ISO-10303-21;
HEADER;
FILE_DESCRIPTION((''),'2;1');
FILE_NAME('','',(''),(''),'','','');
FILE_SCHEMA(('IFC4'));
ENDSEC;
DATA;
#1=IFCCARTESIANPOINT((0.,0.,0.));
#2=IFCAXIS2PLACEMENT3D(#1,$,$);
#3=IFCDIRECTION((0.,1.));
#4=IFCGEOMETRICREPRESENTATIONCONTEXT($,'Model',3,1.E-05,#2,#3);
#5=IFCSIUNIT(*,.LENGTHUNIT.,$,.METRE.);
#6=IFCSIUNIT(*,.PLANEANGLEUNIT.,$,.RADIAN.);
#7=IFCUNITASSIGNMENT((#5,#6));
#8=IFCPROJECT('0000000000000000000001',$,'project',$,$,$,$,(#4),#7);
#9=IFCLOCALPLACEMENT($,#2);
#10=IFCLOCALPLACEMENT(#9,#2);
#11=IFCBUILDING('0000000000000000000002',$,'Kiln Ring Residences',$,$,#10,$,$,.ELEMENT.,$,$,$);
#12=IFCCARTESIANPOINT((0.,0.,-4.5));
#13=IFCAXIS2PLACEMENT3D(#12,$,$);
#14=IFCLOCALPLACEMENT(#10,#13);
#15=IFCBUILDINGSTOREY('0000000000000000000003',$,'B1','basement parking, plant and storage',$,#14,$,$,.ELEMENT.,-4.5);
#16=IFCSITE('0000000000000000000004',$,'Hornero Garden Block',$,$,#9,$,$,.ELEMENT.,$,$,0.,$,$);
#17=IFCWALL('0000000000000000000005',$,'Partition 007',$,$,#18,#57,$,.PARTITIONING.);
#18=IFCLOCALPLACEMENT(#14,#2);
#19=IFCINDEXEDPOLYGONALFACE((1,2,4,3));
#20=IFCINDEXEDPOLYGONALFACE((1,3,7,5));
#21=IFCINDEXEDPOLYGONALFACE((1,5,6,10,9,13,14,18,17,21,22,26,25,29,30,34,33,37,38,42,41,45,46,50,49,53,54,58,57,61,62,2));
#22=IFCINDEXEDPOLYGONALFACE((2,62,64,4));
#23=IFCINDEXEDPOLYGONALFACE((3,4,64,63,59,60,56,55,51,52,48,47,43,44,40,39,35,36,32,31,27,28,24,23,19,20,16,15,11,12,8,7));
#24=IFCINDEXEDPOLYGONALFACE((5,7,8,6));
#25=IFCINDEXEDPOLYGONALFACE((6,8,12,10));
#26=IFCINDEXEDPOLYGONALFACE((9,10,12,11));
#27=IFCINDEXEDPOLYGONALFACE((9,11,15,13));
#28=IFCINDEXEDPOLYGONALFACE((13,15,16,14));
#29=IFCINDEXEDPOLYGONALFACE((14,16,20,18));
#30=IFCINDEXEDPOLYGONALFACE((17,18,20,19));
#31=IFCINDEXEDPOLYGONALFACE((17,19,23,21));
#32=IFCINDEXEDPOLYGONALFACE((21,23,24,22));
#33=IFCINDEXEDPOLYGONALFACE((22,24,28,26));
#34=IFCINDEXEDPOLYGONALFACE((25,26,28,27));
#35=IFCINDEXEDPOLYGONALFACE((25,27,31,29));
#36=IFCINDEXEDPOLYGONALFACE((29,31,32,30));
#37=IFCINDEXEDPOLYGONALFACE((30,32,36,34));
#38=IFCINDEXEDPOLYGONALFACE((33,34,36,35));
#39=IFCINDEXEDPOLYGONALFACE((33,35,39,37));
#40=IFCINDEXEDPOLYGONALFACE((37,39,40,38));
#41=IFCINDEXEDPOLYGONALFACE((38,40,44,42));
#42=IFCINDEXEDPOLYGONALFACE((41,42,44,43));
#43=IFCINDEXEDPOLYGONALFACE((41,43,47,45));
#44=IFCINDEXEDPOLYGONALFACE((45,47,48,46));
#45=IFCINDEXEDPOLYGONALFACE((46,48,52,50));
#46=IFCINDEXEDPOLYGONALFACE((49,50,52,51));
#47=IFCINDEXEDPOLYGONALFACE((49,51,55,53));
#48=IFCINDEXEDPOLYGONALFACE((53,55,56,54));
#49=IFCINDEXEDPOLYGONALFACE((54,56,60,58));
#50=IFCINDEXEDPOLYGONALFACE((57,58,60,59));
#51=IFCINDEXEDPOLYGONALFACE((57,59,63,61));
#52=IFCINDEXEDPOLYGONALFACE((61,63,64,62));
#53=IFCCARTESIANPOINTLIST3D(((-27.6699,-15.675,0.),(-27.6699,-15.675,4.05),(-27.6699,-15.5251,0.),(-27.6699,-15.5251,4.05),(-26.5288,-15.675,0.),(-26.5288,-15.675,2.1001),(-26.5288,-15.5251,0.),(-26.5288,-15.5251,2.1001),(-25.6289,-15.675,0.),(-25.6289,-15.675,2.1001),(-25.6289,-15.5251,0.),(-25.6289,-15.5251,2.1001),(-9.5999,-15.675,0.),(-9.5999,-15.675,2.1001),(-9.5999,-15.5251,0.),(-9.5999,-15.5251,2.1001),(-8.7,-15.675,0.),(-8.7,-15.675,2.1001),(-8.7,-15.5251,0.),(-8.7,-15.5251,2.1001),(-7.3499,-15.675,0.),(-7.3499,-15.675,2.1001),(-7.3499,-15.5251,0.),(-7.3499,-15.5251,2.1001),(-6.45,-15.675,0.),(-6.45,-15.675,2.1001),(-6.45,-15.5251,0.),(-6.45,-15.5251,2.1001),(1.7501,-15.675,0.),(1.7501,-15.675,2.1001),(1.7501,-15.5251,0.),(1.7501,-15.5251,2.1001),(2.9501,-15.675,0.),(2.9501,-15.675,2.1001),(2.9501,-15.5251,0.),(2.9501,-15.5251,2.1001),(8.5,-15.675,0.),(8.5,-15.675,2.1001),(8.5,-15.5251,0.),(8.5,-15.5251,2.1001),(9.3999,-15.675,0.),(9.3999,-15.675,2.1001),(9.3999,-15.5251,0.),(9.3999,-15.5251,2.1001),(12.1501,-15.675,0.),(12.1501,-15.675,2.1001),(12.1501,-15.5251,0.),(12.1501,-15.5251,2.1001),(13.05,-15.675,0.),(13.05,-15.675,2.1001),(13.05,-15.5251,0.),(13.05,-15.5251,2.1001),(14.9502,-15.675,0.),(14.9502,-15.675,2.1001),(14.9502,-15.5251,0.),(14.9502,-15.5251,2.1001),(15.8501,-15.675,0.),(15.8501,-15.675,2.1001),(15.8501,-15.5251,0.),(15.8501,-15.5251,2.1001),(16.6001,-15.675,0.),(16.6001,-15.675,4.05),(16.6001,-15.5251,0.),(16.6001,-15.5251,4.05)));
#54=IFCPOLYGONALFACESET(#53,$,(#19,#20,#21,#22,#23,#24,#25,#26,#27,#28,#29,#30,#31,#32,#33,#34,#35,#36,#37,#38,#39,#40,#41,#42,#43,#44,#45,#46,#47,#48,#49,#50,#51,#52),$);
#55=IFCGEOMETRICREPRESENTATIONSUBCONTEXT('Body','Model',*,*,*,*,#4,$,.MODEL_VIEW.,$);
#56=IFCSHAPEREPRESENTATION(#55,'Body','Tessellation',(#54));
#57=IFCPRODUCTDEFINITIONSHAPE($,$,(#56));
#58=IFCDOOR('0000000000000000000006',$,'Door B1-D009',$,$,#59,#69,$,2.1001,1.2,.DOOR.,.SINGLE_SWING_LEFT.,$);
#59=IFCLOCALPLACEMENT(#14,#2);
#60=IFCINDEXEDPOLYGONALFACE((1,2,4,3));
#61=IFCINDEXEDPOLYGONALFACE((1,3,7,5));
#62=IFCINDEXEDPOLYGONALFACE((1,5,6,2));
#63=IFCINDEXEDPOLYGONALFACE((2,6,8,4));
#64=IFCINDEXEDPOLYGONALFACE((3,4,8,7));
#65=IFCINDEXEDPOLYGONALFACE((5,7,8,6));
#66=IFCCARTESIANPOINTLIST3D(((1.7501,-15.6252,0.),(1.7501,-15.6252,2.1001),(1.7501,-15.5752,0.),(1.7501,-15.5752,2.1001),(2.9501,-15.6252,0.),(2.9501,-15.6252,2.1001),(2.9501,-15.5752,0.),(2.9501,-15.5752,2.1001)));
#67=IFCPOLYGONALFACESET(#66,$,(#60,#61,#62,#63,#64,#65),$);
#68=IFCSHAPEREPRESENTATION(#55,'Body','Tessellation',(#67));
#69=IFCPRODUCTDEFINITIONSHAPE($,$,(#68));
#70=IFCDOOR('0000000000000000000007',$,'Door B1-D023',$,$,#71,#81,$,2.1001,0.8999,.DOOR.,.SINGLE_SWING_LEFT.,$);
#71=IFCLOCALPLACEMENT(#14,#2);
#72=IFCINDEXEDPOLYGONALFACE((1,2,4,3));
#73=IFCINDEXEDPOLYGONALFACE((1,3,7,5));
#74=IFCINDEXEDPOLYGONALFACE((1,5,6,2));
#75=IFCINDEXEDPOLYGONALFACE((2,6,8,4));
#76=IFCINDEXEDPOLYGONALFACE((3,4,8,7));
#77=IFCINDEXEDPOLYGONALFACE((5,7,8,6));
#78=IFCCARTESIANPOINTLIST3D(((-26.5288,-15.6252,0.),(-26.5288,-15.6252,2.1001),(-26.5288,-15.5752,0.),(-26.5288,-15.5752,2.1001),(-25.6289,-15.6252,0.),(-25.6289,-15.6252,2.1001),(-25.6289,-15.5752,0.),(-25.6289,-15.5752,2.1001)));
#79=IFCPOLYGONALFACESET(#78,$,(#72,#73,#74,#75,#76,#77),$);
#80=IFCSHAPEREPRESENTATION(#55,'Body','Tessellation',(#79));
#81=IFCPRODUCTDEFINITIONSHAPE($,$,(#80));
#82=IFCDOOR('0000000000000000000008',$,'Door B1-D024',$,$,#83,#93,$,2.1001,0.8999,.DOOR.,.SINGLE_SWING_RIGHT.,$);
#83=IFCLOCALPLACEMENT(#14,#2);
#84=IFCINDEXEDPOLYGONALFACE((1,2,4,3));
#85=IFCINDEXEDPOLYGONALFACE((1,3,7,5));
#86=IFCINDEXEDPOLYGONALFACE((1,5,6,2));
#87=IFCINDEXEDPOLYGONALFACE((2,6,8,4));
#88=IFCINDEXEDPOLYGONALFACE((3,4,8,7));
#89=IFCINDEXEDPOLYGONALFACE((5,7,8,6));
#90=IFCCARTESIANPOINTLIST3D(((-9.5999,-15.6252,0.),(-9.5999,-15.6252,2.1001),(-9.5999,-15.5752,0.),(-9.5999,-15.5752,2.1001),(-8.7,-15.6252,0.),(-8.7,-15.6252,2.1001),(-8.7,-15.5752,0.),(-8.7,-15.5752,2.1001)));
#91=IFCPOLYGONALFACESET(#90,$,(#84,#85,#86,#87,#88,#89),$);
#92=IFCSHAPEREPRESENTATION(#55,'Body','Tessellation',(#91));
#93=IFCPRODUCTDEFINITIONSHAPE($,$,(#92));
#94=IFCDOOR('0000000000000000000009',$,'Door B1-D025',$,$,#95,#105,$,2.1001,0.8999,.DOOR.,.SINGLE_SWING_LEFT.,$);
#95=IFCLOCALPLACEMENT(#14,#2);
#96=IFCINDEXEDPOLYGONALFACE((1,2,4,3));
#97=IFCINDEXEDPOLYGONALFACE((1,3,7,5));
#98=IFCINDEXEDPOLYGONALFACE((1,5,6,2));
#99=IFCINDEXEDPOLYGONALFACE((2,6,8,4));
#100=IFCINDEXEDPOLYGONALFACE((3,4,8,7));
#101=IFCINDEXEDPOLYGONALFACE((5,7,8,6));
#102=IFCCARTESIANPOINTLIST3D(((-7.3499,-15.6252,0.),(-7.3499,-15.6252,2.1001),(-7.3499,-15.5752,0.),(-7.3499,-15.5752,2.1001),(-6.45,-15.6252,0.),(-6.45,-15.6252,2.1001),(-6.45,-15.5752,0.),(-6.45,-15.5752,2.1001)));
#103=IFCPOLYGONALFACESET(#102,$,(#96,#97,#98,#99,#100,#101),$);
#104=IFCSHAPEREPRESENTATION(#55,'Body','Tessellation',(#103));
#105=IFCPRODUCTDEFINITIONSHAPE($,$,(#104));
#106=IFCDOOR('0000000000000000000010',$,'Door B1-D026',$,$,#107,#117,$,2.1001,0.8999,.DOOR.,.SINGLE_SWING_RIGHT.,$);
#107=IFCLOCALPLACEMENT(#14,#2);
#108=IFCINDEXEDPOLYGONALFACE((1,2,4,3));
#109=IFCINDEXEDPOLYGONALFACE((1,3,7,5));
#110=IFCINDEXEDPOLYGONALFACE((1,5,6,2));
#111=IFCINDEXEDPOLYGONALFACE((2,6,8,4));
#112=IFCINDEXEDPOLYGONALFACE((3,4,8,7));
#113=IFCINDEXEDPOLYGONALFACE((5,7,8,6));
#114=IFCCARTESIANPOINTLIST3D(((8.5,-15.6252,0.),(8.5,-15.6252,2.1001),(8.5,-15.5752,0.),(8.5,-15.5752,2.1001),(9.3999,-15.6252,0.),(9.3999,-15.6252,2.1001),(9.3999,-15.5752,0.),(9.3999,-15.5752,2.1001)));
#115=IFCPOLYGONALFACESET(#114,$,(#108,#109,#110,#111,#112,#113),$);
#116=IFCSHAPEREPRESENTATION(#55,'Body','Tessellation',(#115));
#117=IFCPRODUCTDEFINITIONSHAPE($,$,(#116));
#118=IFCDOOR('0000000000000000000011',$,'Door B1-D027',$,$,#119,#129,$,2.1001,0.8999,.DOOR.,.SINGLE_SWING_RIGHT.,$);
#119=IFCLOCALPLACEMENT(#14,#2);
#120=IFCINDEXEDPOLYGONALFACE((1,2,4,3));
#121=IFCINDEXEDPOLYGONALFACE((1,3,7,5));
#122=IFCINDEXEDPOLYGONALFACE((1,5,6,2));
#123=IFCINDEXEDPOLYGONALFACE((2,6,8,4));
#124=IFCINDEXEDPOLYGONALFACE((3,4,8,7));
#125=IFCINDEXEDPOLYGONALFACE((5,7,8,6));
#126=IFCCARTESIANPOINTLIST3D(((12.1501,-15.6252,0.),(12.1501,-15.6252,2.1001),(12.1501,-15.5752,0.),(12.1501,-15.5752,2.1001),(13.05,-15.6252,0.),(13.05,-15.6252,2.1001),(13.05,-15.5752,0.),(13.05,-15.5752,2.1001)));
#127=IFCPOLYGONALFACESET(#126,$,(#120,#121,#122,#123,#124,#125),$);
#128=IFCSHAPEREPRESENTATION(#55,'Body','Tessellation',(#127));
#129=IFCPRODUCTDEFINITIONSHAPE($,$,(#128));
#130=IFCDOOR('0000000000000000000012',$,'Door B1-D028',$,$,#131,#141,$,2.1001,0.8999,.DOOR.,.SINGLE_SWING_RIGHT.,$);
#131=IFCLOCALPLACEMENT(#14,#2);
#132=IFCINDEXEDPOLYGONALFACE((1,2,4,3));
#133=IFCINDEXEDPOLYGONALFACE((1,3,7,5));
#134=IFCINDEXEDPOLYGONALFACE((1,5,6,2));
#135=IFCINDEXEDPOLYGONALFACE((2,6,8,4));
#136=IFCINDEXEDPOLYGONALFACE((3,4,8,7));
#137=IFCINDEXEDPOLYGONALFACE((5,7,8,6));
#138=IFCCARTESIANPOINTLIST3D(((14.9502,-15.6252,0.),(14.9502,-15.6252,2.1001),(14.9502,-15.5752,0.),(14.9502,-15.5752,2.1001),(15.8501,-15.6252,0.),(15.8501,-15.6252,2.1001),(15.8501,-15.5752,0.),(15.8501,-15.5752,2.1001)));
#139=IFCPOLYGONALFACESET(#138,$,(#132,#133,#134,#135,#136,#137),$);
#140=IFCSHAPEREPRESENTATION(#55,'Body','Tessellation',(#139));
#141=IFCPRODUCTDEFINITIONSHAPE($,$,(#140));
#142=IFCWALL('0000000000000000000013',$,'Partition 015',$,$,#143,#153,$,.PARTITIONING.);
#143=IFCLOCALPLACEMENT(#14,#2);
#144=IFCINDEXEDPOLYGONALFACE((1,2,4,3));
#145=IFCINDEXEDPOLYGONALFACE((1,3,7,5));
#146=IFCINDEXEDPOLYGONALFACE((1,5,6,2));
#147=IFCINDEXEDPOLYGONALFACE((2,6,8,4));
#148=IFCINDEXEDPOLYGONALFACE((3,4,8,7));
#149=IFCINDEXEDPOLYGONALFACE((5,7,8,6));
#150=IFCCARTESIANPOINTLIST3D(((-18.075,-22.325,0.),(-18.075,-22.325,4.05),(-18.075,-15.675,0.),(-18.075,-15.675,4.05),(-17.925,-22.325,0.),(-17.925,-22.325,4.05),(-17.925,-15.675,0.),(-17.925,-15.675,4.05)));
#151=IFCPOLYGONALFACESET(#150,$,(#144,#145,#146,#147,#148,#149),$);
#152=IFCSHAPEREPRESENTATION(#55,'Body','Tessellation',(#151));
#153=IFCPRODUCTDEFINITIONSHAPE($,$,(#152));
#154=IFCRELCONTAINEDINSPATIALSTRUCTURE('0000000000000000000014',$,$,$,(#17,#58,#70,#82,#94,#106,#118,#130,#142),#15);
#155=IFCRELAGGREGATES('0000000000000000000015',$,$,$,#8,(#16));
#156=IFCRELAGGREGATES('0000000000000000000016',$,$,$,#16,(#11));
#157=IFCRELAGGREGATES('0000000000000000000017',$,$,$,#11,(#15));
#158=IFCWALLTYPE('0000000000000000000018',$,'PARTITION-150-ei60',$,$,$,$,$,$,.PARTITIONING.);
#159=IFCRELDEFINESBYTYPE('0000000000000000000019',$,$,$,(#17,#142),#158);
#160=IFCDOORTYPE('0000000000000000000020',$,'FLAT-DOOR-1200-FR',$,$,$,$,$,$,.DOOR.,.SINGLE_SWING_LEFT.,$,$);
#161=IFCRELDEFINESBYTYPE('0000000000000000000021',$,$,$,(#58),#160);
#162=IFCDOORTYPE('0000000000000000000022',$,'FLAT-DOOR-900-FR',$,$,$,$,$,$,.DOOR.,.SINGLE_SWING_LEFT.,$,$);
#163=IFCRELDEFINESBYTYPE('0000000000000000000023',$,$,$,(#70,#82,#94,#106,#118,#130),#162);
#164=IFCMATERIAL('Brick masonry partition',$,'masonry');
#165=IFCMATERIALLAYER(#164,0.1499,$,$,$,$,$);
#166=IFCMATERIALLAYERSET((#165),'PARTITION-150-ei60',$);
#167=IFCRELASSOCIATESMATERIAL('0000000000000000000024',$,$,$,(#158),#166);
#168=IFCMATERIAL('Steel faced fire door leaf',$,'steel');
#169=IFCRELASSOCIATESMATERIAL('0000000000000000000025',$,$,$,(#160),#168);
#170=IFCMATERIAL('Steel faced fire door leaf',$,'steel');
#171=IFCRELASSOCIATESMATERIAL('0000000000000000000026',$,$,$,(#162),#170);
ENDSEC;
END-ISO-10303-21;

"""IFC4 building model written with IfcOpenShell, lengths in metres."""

from ifc_helpers import new_model, si_unit, direction, frame, frame_2d, origin, place, context, subcontext, project, spatial, rectangle, extrude, material, layer, layer_set, type_object, element, fill, save


model = new_model("IFC4")

# Units and contexts
model_context = context("Model", 3, precision=1e-05, world=origin(), true_north=direction((0.0, 1.0)))
body_context = subcontext(model_context, "Body", "Model", "MODEL_VIEW")
ifc_project = project(units=[si_unit("LENGTHUNIT", "METRE"), si_unit("PLANEANGLEUNIT", "RADIAN")], contexts=[model_context])

# Site, building, storey
site_placement = place(None, origin())
site = spatial("IfcSite", under=ifc_project, at=site_placement, Name="Hornero Garden Block", CompositionType="ELEMENT", RefElevation=0.0)
building_placement = place(site_placement, origin())
building = spatial("IfcBuilding", under=site, at=building_placement, Name="Kiln Ring Residences", CompositionType="ELEMENT")
storey_placement = place(building_placement, frame((0.0, 0.0, -4.5)))
storey = spatial("IfcBuildingStorey", under=building, at=storey_placement, Name="B1", Description="basement parking, plant and storage", CompositionType="ELEMENT", Elevation=-4.5)

# Shared definitions
ifc_material_1 = material(Name="Brick masonry partition", Category="masonry")
ifc_layer_1 = layer(ifc_material_1, 0.1499)
ifc_layer_set_1 = layer_set([ifc_layer_1], Name="PARTITION-150-ei60")
wall_type_1 = type_object("IfcWallType", Name="PARTITION-150-ei60", PredefinedType="PARTITIONING", material=ifc_layer_set_1)

# Wall, openings, doors
wall_1_placement = place(storey_placement, frame((-27.6699, -15.6001, 0.0), z_axis=(0.0, 0.0, 1.0), x_axis=(1.0, 0.0, 0.0)))
wall_1 = element("IfcWall", 1, at=wall_1_placement, inside=storey, type_object=wall_type_1, Name="Partition 007", PredefinedType="PARTITIONING", context=body_context, shape_type="SweptSolid", body=[
    extrude(rectangle(XDim=44.27, YDim=0.1499, at=frame_2d((22.135, 0.0))), origin(), (0.0, 0.0, 1.0), 4.05),
])
opening_1_placement = place(wall_1_placement, frame((29.4199, 0.0, 0.0)))
opening_1 = element("IfcOpeningElement", 2, at=opening_1_placement, cuts=wall_1, PredefinedType="OPENING", context=body_context, shape_type="SweptSolid", body=[
    extrude(rectangle(XDim=1.2, YDim=2.1001, at=frame_2d((0.6001, 1.05))), frame((0.0, 0.085, 0.0), z_axis=(0.0, -1.0, 0.0), x_axis=(1.0, 0.0, 0.0)), (0.0, 0.0, 1.0), 0.1699),
])
opening_2_placement = place(wall_1_placement, frame((1.1411, 0.0, 0.0)))
opening_2 = element("IfcOpeningElement", 3, at=opening_2_placement, cuts=wall_1, PredefinedType="OPENING", context=body_context, shape_type="SweptSolid", body=[
    extrude(rectangle(XDim=0.8999, YDim=2.1001, at=frame_2d((0.45, 1.05))), frame((0.0, 0.085, 0.0), z_axis=(0.0, -1.0, 0.0), x_axis=(1.0, 0.0, 0.0)), (0.0, 0.0, 1.0), 0.1699),
])
opening_3_placement = place(wall_1_placement, frame((18.0701, 0.0, 0.0)))
opening_3 = element("IfcOpeningElement", 4, at=opening_3_placement, cuts=wall_1, PredefinedType="OPENING", context=body_context, shape_type="SweptSolid", body=[
    extrude(rectangle(XDim=0.8999, YDim=2.1001, at=frame_2d((0.45, 1.05))), frame((0.0, 0.085, 0.0), z_axis=(0.0, -1.0, 0.0), x_axis=(1.0, 0.0, 0.0)), (0.0, 0.0, 1.0), 0.1699),
])
opening_4_placement = place(wall_1_placement, frame((20.3201, 0.0, 0.0)))
opening_4 = element("IfcOpeningElement", 5, at=opening_4_placement, cuts=wall_1, PredefinedType="OPENING", context=body_context, shape_type="SweptSolid", body=[
    extrude(rectangle(XDim=0.8999, YDim=2.1001, at=frame_2d((0.45, 1.05))), frame((0.0, 0.085, 0.0), z_axis=(0.0, -1.0, 0.0), x_axis=(1.0, 0.0, 0.0)), (0.0, 0.0, 1.0), 0.1699),
])
opening_5_placement = place(wall_1_placement, frame((36.1699, 0.0, 0.0)))
opening_5 = element("IfcOpeningElement", 6, at=opening_5_placement, cuts=wall_1, PredefinedType="OPENING", context=body_context, shape_type="SweptSolid", body=[
    extrude(rectangle(XDim=0.8999, YDim=2.1001, at=frame_2d((0.45, 1.05))), frame((0.0, 0.085, 0.0), z_axis=(0.0, -1.0, 0.0), x_axis=(1.0, 0.0, 0.0)), (0.0, 0.0, 1.0), 0.1699),
])
opening_6_placement = place(wall_1_placement, frame((39.8201, 0.0, 0.0)))
opening_6 = element("IfcOpeningElement", 7, at=opening_6_placement, cuts=wall_1, PredefinedType="OPENING", context=body_context, shape_type="SweptSolid", body=[
    extrude(rectangle(XDim=0.8999, YDim=2.1001, at=frame_2d((0.45, 1.05))), frame((0.0, 0.085, 0.0), z_axis=(0.0, -1.0, 0.0), x_axis=(1.0, 0.0, 0.0)), (0.0, 0.0, 1.0), 0.1699),
])
opening_7_placement = place(wall_1_placement, frame((42.6201, 0.0, 0.0)))
opening_7 = element("IfcOpeningElement", 8, at=opening_7_placement, cuts=wall_1, PredefinedType="OPENING", context=body_context, shape_type="SweptSolid", body=[
    extrude(rectangle(XDim=0.8999, YDim=2.1001, at=frame_2d((0.45, 1.05))), frame((0.0, 0.085, 0.0), z_axis=(0.0, -1.0, 0.0), x_axis=(1.0, 0.0, 0.0)), (0.0, 0.0, 1.0), 0.1699),
])
ifc_material_2 = material(Name="Steel faced fire door leaf", Category="steel")
door_type_1 = type_object("IfcDoorType", Name="FLAT-DOOR-1200-FR", OperationType="SINGLE_SWING_LEFT", PredefinedType="DOOR", material=ifc_material_2)
door_1_placement = place(opening_1_placement, origin())
door_1 = element("IfcDoor", 9, at=door_1_placement, inside=storey, type_object=door_type_1, Name="Door B1-D009", OperationType="SINGLE_SWING_LEFT", OverallHeight=2.1001, OverallWidth=1.2, PredefinedType="DOOR", context=body_context, shape_type="SweptSolid", body=[
    extrude(rectangle(XDim=1.2, YDim=2.1001, at=frame_2d((0.6001, 1.05))), frame((0.0, 0.0249, 0.0), z_axis=(0.0, -1.0, 0.0), x_axis=(1.0, 0.0, 0.0)), (0.0, 0.0, 1.0), 0.05),
])
fill(opening_1, door_1)
ifc_material_3 = material(Name="Steel faced fire door leaf", Category="steel")
door_type_2 = type_object("IfcDoorType", Name="FLAT-DOOR-900-FR", OperationType="SINGLE_SWING_LEFT", PredefinedType="DOOR", material=ifc_material_3)
door_2_placement = place(opening_2_placement, origin())
door_2 = element("IfcDoor", 10, at=door_2_placement, inside=storey, type_object=door_type_2, Name="Door B1-D023", OperationType="SINGLE_SWING_LEFT", OverallHeight=2.1001, OverallWidth=0.8999, PredefinedType="DOOR", context=body_context, shape_type="SweptSolid", body=[
    extrude(rectangle(XDim=0.8999, YDim=2.1001, at=frame_2d((0.45, 1.05))), frame((0.0, 0.0249, 0.0), z_axis=(0.0, -1.0, 0.0), x_axis=(1.0, 0.0, 0.0)), (0.0, 0.0, 1.0), 0.05),
])
fill(opening_2, door_2)
door_3_placement = place(opening_3_placement, origin())
door_3 = element("IfcDoor", 11, at=door_3_placement, inside=storey, type_object=door_type_2, Name="Door B1-D024", OperationType="SINGLE_SWING_RIGHT", OverallHeight=2.1001, OverallWidth=0.8999, PredefinedType="DOOR", context=body_context, shape_type="SweptSolid", body=[
    extrude(rectangle(XDim=0.8999, YDim=2.1001, at=frame_2d((0.45, 1.05))), frame((0.0, 0.0249, 0.0), z_axis=(0.0, -1.0, 0.0), x_axis=(1.0, 0.0, 0.0)), (0.0, 0.0, 1.0), 0.05),
])
fill(opening_3, door_3)
door_4_placement = place(opening_4_placement, origin())
door_4 = element("IfcDoor", 12, at=door_4_placement, inside=storey, type_object=door_type_2, Name="Door B1-D025", OperationType="SINGLE_SWING_LEFT", OverallHeight=2.1001, OverallWidth=0.8999, PredefinedType="DOOR", context=body_context, shape_type="SweptSolid", body=[
    extrude(rectangle(XDim=0.8999, YDim=2.1001, at=frame_2d((0.45, 1.05))), frame((0.0, 0.0249, 0.0), z_axis=(0.0, -1.0, 0.0), x_axis=(1.0, 0.0, 0.0)), (0.0, 0.0, 1.0), 0.05),
])
fill(opening_4, door_4)
door_5_placement = place(opening_5_placement, origin())
door_5 = element("IfcDoor", 13, at=door_5_placement, inside=storey, type_object=door_type_2, Name="Door B1-D026", OperationType="SINGLE_SWING_RIGHT", OverallHeight=2.1001, OverallWidth=0.8999, PredefinedType="DOOR", context=body_context, shape_type="SweptSolid", body=[
    extrude(rectangle(XDim=0.8999, YDim=2.1001, at=frame_2d((0.45, 1.05))), frame((0.0, 0.0249, 0.0), z_axis=(0.0, -1.0, 0.0), x_axis=(1.0, 0.0, 0.0)), (0.0, 0.0, 1.0), 0.05),
])
fill(opening_5, door_5)
door_6_placement = place(opening_6_placement, origin())
door_6 = element("IfcDoor", 14, at=door_6_placement, inside=storey, type_object=door_type_2, Name="Door B1-D027", OperationType="SINGLE_SWING_RIGHT", OverallHeight=2.1001, OverallWidth=0.8999, PredefinedType="DOOR", context=body_context, shape_type="SweptSolid", body=[
    extrude(rectangle(XDim=0.8999, YDim=2.1001, at=frame_2d((0.45, 1.05))), frame((0.0, 0.0249, 0.0), z_axis=(0.0, -1.0, 0.0), x_axis=(1.0, 0.0, 0.0)), (0.0, 0.0, 1.0), 0.05),
])
fill(opening_6, door_6)
door_7_placement = place(opening_7_placement, origin())
door_7 = element("IfcDoor", 15, at=door_7_placement, inside=storey, type_object=door_type_2, Name="Door B1-D028", OperationType="SINGLE_SWING_RIGHT", OverallHeight=2.1001, OverallWidth=0.8999, PredefinedType="DOOR", context=body_context, shape_type="SweptSolid", body=[
    extrude(rectangle(XDim=0.8999, YDim=2.1001, at=frame_2d((0.45, 1.05))), frame((0.0, 0.0249, 0.0), z_axis=(0.0, -1.0, 0.0), x_axis=(1.0, 0.0, 0.0)), (0.0, 0.0, 1.0), 0.05),
])
fill(opening_7, door_7)

# Wall
wall_2_placement = place(storey_placement, frame((-18.0, -22.325, 0.0), z_axis=(0.0, 0.0, 1.0), x_axis=(0.0, 1.0, 0.0)))
element("IfcWall", 16, at=wall_2_placement, inside=storey, type_object=wall_type_1, Name="Partition 015", PredefinedType="PARTITIONING", context=body_context, shape_type="SweptSolid", body=[
    extrude(rectangle(XDim=6.6499, YDim=0.1499, at=frame_2d((3.325, 0.0))), origin(), (0.0, 0.0, 1.0), 4.05),
])

save(model, "model.ifc")
